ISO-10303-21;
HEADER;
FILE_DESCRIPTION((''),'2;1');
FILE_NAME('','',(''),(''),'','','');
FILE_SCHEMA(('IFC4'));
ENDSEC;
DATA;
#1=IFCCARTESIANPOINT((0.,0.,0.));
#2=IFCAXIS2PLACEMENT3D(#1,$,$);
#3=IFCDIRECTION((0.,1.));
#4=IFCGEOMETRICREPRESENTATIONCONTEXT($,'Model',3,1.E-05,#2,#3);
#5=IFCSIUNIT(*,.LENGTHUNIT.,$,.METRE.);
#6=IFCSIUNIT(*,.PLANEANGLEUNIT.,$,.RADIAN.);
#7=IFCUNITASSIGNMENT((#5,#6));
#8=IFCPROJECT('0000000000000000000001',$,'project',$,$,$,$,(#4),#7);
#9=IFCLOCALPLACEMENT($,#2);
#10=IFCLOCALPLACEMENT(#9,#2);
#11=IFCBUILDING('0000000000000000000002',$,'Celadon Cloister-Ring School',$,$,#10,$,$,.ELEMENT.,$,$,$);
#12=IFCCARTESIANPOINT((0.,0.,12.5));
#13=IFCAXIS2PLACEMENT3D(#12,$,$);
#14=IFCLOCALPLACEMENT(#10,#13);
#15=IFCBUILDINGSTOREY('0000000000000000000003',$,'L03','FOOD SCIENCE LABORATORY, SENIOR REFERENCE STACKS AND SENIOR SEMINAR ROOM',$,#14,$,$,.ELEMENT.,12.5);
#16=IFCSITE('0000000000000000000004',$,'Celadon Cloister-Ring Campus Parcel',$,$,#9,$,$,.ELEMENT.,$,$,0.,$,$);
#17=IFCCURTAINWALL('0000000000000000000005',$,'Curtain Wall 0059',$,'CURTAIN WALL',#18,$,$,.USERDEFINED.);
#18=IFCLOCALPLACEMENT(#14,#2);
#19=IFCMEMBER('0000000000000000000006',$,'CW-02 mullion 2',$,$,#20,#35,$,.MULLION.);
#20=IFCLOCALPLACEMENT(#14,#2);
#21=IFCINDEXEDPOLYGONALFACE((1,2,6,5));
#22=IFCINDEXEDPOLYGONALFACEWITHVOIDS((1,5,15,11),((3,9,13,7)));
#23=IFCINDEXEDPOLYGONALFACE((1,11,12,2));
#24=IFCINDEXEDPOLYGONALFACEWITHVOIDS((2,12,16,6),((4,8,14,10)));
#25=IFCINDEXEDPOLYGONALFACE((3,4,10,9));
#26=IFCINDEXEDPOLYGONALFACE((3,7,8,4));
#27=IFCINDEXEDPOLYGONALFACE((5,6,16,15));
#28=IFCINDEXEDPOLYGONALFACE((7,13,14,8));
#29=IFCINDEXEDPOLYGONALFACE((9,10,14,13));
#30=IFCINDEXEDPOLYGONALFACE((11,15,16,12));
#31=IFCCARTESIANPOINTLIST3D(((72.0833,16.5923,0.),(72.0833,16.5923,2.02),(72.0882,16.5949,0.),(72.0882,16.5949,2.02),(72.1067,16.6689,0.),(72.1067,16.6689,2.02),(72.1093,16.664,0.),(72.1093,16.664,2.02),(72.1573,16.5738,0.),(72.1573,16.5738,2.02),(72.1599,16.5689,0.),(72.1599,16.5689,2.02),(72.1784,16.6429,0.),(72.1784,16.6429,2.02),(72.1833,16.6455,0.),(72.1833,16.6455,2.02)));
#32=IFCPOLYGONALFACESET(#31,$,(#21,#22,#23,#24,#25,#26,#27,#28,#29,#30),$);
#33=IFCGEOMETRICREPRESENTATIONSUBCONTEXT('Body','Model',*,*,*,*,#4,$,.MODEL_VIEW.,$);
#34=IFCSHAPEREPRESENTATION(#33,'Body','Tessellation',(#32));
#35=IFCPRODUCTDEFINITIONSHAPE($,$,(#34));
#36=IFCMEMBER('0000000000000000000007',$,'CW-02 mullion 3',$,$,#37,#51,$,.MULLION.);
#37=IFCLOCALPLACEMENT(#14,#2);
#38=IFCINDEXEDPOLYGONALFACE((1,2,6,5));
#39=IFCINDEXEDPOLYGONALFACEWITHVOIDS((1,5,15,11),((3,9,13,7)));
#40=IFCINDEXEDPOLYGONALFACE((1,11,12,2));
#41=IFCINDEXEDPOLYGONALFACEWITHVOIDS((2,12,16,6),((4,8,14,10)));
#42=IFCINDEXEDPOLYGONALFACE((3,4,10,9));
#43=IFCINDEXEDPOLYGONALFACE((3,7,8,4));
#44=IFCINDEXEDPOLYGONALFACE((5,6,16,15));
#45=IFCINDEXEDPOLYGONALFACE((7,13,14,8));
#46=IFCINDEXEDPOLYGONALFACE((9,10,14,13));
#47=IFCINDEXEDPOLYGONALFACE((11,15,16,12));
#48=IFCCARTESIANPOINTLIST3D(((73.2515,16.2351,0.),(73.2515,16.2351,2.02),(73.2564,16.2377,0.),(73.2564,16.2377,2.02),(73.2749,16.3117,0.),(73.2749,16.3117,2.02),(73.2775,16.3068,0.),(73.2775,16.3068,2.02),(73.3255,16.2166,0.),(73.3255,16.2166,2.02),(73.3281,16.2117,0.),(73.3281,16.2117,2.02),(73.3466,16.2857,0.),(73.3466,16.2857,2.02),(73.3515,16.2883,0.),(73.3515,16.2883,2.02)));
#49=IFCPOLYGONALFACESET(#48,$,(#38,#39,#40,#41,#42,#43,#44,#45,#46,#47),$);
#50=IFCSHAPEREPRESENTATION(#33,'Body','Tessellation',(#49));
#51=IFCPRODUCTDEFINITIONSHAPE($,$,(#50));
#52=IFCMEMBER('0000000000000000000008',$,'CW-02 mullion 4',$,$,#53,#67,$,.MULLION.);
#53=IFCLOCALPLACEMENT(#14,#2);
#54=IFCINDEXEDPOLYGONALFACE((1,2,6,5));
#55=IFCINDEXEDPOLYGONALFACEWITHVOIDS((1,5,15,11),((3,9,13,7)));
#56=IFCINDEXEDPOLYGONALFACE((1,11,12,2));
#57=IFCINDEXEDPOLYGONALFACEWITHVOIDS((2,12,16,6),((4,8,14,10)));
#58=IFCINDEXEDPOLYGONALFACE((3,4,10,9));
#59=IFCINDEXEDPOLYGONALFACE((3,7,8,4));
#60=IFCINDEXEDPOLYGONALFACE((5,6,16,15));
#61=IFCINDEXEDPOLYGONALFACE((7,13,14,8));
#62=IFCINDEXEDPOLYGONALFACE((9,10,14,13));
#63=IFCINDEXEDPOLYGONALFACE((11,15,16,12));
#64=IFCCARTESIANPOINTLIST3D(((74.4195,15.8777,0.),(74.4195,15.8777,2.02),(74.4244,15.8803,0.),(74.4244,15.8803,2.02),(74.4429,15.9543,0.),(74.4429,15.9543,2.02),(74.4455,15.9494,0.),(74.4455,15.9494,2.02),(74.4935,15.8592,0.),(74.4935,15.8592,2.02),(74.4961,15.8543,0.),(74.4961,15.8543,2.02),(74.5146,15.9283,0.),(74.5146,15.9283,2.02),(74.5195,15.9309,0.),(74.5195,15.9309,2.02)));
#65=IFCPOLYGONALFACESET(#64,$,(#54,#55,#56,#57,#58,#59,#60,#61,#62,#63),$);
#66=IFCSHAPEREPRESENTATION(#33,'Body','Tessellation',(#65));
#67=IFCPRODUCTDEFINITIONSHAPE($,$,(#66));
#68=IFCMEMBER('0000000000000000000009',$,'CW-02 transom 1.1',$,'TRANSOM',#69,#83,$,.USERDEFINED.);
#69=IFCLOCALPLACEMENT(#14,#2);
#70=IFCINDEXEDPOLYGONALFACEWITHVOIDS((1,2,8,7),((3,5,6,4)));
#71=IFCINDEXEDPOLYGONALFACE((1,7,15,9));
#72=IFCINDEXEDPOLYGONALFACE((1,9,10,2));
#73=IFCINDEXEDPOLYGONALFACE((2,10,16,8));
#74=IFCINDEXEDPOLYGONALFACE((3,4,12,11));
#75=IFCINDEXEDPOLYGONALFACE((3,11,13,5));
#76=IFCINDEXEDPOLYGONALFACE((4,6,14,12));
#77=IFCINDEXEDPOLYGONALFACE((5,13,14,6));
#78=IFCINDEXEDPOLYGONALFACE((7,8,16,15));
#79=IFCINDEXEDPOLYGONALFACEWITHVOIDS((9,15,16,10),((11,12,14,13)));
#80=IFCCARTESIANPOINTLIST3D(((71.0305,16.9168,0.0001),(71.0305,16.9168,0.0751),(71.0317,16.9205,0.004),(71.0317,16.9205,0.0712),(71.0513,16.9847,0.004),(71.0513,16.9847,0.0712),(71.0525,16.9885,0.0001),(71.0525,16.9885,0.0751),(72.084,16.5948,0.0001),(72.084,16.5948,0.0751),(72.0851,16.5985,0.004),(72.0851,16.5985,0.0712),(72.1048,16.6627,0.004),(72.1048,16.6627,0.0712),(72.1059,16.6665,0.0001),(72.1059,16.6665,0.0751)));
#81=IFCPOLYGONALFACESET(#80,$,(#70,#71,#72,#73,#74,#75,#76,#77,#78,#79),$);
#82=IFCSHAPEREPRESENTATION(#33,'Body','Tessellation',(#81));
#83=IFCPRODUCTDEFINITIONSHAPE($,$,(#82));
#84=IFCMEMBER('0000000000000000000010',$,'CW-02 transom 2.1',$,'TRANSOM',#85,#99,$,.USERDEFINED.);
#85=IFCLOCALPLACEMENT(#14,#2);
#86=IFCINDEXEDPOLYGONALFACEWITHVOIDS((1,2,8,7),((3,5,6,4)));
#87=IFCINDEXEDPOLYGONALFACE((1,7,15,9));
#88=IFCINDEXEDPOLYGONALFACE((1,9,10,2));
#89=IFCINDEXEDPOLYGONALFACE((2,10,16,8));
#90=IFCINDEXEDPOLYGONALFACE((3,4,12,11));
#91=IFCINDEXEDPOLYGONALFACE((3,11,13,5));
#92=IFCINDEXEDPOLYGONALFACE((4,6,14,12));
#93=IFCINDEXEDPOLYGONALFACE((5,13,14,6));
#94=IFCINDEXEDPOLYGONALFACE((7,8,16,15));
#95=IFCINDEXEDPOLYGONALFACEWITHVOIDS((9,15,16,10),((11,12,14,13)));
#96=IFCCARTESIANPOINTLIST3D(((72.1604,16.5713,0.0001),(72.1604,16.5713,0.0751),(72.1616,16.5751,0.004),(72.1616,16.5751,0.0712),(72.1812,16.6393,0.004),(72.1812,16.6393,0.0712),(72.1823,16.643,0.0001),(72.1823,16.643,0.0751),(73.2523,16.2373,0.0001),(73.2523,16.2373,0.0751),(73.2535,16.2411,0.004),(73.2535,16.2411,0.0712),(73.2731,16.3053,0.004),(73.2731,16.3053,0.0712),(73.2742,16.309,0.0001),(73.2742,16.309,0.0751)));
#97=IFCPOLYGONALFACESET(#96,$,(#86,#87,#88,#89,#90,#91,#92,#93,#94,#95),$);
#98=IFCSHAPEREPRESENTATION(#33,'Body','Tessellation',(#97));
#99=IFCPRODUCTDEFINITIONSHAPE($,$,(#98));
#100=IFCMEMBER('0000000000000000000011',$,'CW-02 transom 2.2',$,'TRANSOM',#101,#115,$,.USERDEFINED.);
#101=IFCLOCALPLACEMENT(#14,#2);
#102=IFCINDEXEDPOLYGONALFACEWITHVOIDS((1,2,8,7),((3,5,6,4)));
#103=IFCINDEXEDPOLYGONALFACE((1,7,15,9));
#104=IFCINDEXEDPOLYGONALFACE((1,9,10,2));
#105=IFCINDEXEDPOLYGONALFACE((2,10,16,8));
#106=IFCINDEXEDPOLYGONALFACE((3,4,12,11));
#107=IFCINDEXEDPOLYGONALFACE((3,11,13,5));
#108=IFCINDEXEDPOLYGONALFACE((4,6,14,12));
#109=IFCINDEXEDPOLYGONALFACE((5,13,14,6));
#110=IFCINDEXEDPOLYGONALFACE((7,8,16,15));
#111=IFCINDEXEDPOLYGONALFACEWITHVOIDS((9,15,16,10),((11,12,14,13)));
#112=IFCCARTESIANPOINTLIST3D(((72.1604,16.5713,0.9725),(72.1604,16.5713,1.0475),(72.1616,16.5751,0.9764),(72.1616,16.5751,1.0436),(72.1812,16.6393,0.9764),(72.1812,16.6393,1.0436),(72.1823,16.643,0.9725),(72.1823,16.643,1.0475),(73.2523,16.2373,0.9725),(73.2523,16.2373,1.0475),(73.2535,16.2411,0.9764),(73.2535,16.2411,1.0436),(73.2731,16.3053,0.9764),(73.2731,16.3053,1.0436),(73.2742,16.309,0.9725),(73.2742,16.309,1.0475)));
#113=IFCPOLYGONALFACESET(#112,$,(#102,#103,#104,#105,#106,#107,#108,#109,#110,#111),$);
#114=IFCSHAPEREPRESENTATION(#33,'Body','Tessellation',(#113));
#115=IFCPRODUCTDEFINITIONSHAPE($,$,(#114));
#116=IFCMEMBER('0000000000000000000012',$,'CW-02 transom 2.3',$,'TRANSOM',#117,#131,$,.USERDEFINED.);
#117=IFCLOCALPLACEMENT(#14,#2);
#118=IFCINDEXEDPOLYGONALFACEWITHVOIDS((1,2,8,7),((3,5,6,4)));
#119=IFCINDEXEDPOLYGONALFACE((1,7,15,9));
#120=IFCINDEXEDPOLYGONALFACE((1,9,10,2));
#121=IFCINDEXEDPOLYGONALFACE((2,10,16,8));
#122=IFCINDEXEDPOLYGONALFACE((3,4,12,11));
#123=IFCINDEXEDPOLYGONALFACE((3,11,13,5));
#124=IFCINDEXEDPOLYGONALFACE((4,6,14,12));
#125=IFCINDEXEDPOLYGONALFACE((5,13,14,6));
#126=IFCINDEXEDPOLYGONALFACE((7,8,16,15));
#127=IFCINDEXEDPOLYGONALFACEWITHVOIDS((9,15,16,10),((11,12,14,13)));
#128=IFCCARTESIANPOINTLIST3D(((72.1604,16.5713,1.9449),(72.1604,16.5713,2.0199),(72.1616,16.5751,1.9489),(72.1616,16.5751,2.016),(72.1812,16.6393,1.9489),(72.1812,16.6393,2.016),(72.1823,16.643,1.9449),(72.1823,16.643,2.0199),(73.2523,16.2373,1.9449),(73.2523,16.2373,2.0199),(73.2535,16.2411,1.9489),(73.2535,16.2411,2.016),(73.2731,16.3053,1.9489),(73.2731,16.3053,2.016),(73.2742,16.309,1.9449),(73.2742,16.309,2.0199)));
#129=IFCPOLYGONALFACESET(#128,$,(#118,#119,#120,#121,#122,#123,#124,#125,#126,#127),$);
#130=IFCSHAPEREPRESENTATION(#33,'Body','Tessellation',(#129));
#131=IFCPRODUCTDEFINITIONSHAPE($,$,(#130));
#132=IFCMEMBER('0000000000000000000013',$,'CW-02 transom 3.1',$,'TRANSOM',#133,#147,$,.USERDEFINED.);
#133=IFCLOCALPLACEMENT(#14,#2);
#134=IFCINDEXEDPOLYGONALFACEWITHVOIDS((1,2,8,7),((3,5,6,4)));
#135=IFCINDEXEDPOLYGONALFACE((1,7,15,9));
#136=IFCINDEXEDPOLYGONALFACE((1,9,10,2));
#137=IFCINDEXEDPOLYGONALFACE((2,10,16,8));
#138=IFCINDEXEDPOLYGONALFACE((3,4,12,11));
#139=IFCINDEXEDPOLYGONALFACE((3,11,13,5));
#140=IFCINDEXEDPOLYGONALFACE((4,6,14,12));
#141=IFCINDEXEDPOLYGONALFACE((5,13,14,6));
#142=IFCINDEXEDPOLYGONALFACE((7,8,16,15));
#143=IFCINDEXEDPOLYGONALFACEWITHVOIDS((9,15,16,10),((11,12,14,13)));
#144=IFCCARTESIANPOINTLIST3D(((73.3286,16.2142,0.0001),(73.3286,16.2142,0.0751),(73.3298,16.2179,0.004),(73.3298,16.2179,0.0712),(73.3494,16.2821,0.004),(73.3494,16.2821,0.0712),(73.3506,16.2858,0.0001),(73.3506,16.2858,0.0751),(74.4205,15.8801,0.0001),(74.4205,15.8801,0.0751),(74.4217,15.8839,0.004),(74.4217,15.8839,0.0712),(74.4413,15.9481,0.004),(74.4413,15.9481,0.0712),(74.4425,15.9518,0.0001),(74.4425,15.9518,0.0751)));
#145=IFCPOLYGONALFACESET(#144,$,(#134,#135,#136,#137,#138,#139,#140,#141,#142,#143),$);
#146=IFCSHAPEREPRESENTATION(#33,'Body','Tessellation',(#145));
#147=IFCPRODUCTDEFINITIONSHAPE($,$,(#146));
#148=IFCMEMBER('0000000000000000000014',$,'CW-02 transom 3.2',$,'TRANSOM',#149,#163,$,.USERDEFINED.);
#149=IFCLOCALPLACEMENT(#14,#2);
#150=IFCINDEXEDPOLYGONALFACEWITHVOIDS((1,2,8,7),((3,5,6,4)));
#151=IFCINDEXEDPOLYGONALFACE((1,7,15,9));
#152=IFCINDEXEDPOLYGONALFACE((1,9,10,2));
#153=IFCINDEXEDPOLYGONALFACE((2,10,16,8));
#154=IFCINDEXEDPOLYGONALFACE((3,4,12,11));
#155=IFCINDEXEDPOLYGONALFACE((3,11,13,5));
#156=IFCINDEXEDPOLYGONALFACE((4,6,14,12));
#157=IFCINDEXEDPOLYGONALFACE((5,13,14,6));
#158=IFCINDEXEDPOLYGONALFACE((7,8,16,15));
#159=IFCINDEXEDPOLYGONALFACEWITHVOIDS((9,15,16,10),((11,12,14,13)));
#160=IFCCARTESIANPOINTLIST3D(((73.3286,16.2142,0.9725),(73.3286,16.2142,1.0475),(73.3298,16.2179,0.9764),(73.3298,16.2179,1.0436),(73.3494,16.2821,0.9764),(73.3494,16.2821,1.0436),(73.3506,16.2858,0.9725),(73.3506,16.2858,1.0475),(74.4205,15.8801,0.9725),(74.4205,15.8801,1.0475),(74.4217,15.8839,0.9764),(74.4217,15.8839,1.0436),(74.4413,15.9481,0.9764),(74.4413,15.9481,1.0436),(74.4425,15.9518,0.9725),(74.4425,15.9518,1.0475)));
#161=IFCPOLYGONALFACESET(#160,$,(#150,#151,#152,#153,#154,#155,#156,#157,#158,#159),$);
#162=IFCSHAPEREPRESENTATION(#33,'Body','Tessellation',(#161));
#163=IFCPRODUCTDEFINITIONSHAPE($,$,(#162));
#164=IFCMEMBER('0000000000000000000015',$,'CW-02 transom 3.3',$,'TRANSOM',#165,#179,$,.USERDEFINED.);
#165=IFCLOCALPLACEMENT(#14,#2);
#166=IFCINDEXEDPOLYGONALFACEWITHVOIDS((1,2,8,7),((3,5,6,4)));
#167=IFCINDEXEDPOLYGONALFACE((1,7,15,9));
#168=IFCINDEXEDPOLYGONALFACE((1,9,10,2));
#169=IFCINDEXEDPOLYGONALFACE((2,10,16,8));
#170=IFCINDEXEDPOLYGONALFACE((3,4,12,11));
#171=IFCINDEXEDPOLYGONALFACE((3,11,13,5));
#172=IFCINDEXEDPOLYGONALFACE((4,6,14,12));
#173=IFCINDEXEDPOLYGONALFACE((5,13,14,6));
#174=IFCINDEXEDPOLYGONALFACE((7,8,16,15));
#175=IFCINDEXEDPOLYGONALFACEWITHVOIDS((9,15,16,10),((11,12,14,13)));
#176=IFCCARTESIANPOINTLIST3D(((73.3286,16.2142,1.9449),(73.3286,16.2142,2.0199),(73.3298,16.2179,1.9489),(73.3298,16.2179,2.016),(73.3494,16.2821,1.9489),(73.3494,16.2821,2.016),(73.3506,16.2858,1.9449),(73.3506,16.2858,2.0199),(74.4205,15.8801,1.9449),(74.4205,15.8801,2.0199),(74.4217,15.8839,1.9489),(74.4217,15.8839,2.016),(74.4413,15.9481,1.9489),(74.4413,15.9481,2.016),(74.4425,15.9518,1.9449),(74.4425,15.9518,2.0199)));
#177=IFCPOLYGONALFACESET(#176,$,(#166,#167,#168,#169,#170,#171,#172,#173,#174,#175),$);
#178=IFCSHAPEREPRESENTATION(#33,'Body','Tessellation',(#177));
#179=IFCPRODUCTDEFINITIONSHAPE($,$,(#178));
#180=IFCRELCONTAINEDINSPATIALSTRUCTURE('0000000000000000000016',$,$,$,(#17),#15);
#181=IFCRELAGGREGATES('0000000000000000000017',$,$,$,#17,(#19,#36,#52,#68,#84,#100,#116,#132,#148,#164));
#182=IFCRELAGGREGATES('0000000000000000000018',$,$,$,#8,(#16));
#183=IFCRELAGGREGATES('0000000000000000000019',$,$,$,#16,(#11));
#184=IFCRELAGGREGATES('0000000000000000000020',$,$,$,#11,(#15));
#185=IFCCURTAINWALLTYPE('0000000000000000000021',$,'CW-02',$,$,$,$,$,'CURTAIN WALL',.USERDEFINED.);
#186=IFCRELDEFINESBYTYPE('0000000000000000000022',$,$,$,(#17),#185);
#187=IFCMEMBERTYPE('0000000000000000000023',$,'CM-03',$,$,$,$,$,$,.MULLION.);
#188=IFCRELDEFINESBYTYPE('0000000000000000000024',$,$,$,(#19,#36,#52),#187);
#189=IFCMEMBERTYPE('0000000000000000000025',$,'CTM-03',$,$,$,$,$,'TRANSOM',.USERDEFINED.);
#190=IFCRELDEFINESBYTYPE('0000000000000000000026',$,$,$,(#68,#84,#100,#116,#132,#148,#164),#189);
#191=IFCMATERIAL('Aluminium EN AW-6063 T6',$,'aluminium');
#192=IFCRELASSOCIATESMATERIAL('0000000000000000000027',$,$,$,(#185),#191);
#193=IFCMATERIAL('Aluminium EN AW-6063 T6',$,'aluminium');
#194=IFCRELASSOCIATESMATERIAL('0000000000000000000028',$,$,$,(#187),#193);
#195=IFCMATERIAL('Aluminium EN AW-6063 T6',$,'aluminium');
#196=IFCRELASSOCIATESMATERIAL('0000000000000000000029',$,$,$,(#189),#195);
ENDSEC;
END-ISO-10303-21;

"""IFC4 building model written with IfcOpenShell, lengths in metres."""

from ifc_helpers import new_model, si_unit, direction, frame, origin, origin_2d, place, context, subcontext, project, spatial, hollow_rectangle, extrude, material, material_profile, profile_set, type_object, element, aggregate, save


model = new_model("IFC4")

# Units and contexts
model_context = context("Model", 3, precision=1e-05, world=origin(), true_north=direction((0.0, 1.0)))
body_context = subcontext(model_context, "Body", "Model", "MODEL_VIEW")
ifc_project = project(units=[si_unit("LENGTHUNIT", "METRE"), si_unit("PLANEANGLEUNIT", "RADIAN")], contexts=[model_context])

# Site, building, storey
site_placement = place(None, origin())
site = spatial("IfcSite", under=ifc_project, at=site_placement, Name="Celadon Cloister-Ring Campus Parcel", CompositionType="ELEMENT", RefElevation=0.0)
building_placement = place(site_placement, origin())
building = spatial("IfcBuilding", under=site, at=building_placement, Name="Celadon Cloister-Ring School", CompositionType="ELEMENT")
storey_placement = place(building_placement, frame((0.0, 0.0, 12.5)))
storey = spatial("IfcBuildingStorey", under=building, at=storey_placement, Name="L03", Description="FOOD SCIENCE LABORATORY, SENIOR REFERENCE STACKS AND SENIOR SEMINAR ROOM", CompositionType="ELEMENT", Elevation=12.5)

# Curtain wall, members
ifc_material_1 = material(Name="Aluminium EN AW-6063 T6", Category="aluminium")
curtain_wall_type = type_object("IfcCurtainWallType", Name="CW-02", ElementType="CURTAIN WALL", PredefinedType="USERDEFINED", material=ifc_material_1)
curtain_wall_placement = place(storey_placement, origin())
curtain_wall = element("IfcCurtainWall", 1, at=curtain_wall_placement, inside=storey, type_object=curtain_wall_type, Name="Curtain Wall 0059", ObjectType="CURTAIN WALL", PredefinedType="USERDEFINED")
ifc_material_2 = material(Name="Aluminium EN AW-6063 T6", Category="aluminium")
ifc_material_profile_1 = material_profile(ifc_material_2, hollow_rectangle(XDim=0.0801, YDim=0.0801, WallThickness=0.0039, at=origin_2d()), Name="RHS80X80X4")
ifc_profile_set_1 = profile_set([ifc_material_profile_1], Name="Aluminium EN AW-6063 T6")
member_type_1 = type_object("IfcMemberType", Name="CM-03", PredefinedType="MULLION", material=ifc_profile_set_1)
member_1_placement = place(storey_placement, frame((72.1333, 16.6189, 0.0), z_axis=(0.0, 0.0, 1.0), x_axis=(0.292406, 0.956294, 0.0)))
member_1 = element("IfcMember", 2, at=member_1_placement, type_object=member_type_1, Name="CW-02 mullion 2", PredefinedType="MULLION", context=body_context, shape_type="SweptSolid", body=[
    extrude(hollow_rectangle(XDim=0.0801, YDim=0.0801, WallThickness=0.0039, at=origin_2d()), origin(), (0.0, 0.0, 1.0), 2.02),
])
member_2_placement = place(storey_placement, frame((73.3015, 16.2617, 0.0), z_axis=(0.0, 0.0, 1.0), x_axis=(0.292406, 0.956294, 0.0)))
member_2 = element("IfcMember", 3, at=member_2_placement, type_object=member_type_1, Name="CW-02 mullion 3", PredefinedType="MULLION", context=body_context, shape_type="SweptSolid", body=[
    extrude(hollow_rectangle(XDim=0.0801, YDim=0.0801, WallThickness=0.0039, at=origin_2d()), origin(), (0.0, 0.0, 1.0), 2.02),
])
member_3_placement = place(storey_placement, frame((74.4695, 15.9043, 0.0), z_axis=(0.0, 0.0, 1.0), x_axis=(0.292406, 0.956294, 0.0)))
member_3 = element("IfcMember", 4, at=member_3_placement, type_object=member_type_1, Name="CW-02 mullion 4", PredefinedType="MULLION", context=body_context, shape_type="SweptSolid", body=[
    extrude(hollow_rectangle(XDim=0.0801, YDim=0.0801, WallThickness=0.0039, at=origin_2d()), origin(), (0.0, 0.0, 1.0), 2.02),
])
ifc_material_3 = material(Name="Aluminium EN AW-6063 T6", Category="aluminium")
ifc_material_profile_2 = material_profile(ifc_material_3, hollow_rectangle(XDim=0.075, YDim=0.075, WallThickness=0.0039, at=origin_2d()), Name="RHS75X75X4")
ifc_profile_set_2 = profile_set([ifc_material_profile_2], Name="Aluminium EN AW-6063 T6")
member_type_2 = type_object("IfcMemberType", Name="CTM-03", ElementType="TRANSOM", PredefinedType="USERDEFINED", material=ifc_profile_set_2)
member_4_placement = place(storey_placement, frame((71.0415, 16.9526, 0.0376), z_axis=(0.956319, -0.292326, 0.0), x_axis=(0.292326, 0.956319, 0.0)))
member_4 = element("IfcMember", 5, at=member_4_placement, type_object=member_type_2, Name="CW-02 transom 1.1", ObjectType="TRANSOM", PredefinedType="USERDEFINED", context=body_context, shape_type="SweptSolid", body=[
    extrude(hollow_rectangle(XDim=0.075, YDim=0.075, WallThickness=0.0039, at=origin_2d()), origin(), (0.0, 0.0, 1.0), 1.1016),
])
member_5_placement = place(storey_placement, frame((72.1714, 16.6072, 0.0376), z_axis=(0.956259, -0.292523, 0.0), x_axis=(0.292523, 0.956259, 0.0)))
member_5 = element("IfcMember", 6, at=member_5_placement, type_object=member_type_2, Name="CW-02 transom 2.1", ObjectType="TRANSOM", PredefinedType="USERDEFINED", context=body_context, shape_type="SweptSolid", body=[
    extrude(hollow_rectangle(XDim=0.075, YDim=0.075, WallThickness=0.0039, at=origin_2d()), origin(), (0.0, 0.0, 1.0), 1.1418),
])
member_6_placement = place(storey_placement, frame((72.1714, 16.6072, 1.01), z_axis=(0.956259, -0.292523, 0.0), x_axis=(0.292523, 0.956259, 0.0)))
member_6 = element("IfcMember", 7, at=member_6_placement, type_object=member_type_2, Name="CW-02 transom 2.2", ObjectType="TRANSOM", PredefinedType="USERDEFINED", context=body_context, shape_type="SweptSolid", body=[
    extrude(hollow_rectangle(XDim=0.075, YDim=0.075, WallThickness=0.0039, at=origin_2d()), origin(), (0.0, 0.0, 1.0), 1.1418),
])
member_7_placement = place(storey_placement, frame((72.1714, 16.6072, 1.9824), z_axis=(0.956259, -0.292523, 0.0), x_axis=(0.292523, 0.956259, 0.0)))
member_7 = element("IfcMember", 8, at=member_7_placement, type_object=member_type_2, Name="CW-02 transom 2.3", ObjectType="TRANSOM", PredefinedType="USERDEFINED", context=body_context, shape_type="SweptSolid", body=[
    extrude(hollow_rectangle(XDim=0.075, YDim=0.075, WallThickness=0.0039, at=origin_2d()), origin(), (0.0, 0.0, 1.0), 1.1418),
])
member_8_placement = place(storey_placement, frame((73.3396, 16.25, 0.0376), z_axis=(0.956259, -0.292523, 0.0), x_axis=(0.292523, 0.956259, 0.0)))
member_8 = element("IfcMember", 9, at=member_8_placement, type_object=member_type_2, Name="CW-02 transom 3.1", ObjectType="TRANSOM", PredefinedType="USERDEFINED", context=body_context, shape_type="SweptSolid", body=[
    extrude(hollow_rectangle(XDim=0.075, YDim=0.075, WallThickness=0.0039, at=origin_2d()), origin(), (0.0, 0.0, 1.0), 1.1418),
])
member_9_placement = place(storey_placement, frame((73.3396, 16.25, 1.01), z_axis=(0.956259, -0.292523, 0.0), x_axis=(0.292523, 0.956259, 0.0)))
member_9 = element("IfcMember", 10, at=member_9_placement, type_object=member_type_2, Name="CW-02 transom 3.2", ObjectType="TRANSOM", PredefinedType="USERDEFINED", context=body_context, shape_type="SweptSolid", body=[
    extrude(hollow_rectangle(XDim=0.075, YDim=0.075, WallThickness=0.0039, at=origin_2d()), origin(), (0.0, 0.0, 1.0), 1.1418),
])
member_10_placement = place(storey_placement, frame((73.3396, 16.25, 1.9824), z_axis=(0.956259, -0.292523, 0.0), x_axis=(0.292523, 0.956259, 0.0)))
member_10 = element("IfcMember", 11, at=member_10_placement, type_object=member_type_2, Name="CW-02 transom 3.3", ObjectType="TRANSOM", PredefinedType="USERDEFINED", context=body_context, shape_type="SweptSolid", body=[
    extrude(hollow_rectangle(XDim=0.075, YDim=0.075, WallThickness=0.0039, at=origin_2d()), origin(), (0.0, 0.0, 1.0), 1.1418),
])

aggregate(curtain_wall, [member_1, member_2, member_3, member_4, member_5, member_6, member_7, member_8, member_9, member_10])

save(model, "model.ifc")
